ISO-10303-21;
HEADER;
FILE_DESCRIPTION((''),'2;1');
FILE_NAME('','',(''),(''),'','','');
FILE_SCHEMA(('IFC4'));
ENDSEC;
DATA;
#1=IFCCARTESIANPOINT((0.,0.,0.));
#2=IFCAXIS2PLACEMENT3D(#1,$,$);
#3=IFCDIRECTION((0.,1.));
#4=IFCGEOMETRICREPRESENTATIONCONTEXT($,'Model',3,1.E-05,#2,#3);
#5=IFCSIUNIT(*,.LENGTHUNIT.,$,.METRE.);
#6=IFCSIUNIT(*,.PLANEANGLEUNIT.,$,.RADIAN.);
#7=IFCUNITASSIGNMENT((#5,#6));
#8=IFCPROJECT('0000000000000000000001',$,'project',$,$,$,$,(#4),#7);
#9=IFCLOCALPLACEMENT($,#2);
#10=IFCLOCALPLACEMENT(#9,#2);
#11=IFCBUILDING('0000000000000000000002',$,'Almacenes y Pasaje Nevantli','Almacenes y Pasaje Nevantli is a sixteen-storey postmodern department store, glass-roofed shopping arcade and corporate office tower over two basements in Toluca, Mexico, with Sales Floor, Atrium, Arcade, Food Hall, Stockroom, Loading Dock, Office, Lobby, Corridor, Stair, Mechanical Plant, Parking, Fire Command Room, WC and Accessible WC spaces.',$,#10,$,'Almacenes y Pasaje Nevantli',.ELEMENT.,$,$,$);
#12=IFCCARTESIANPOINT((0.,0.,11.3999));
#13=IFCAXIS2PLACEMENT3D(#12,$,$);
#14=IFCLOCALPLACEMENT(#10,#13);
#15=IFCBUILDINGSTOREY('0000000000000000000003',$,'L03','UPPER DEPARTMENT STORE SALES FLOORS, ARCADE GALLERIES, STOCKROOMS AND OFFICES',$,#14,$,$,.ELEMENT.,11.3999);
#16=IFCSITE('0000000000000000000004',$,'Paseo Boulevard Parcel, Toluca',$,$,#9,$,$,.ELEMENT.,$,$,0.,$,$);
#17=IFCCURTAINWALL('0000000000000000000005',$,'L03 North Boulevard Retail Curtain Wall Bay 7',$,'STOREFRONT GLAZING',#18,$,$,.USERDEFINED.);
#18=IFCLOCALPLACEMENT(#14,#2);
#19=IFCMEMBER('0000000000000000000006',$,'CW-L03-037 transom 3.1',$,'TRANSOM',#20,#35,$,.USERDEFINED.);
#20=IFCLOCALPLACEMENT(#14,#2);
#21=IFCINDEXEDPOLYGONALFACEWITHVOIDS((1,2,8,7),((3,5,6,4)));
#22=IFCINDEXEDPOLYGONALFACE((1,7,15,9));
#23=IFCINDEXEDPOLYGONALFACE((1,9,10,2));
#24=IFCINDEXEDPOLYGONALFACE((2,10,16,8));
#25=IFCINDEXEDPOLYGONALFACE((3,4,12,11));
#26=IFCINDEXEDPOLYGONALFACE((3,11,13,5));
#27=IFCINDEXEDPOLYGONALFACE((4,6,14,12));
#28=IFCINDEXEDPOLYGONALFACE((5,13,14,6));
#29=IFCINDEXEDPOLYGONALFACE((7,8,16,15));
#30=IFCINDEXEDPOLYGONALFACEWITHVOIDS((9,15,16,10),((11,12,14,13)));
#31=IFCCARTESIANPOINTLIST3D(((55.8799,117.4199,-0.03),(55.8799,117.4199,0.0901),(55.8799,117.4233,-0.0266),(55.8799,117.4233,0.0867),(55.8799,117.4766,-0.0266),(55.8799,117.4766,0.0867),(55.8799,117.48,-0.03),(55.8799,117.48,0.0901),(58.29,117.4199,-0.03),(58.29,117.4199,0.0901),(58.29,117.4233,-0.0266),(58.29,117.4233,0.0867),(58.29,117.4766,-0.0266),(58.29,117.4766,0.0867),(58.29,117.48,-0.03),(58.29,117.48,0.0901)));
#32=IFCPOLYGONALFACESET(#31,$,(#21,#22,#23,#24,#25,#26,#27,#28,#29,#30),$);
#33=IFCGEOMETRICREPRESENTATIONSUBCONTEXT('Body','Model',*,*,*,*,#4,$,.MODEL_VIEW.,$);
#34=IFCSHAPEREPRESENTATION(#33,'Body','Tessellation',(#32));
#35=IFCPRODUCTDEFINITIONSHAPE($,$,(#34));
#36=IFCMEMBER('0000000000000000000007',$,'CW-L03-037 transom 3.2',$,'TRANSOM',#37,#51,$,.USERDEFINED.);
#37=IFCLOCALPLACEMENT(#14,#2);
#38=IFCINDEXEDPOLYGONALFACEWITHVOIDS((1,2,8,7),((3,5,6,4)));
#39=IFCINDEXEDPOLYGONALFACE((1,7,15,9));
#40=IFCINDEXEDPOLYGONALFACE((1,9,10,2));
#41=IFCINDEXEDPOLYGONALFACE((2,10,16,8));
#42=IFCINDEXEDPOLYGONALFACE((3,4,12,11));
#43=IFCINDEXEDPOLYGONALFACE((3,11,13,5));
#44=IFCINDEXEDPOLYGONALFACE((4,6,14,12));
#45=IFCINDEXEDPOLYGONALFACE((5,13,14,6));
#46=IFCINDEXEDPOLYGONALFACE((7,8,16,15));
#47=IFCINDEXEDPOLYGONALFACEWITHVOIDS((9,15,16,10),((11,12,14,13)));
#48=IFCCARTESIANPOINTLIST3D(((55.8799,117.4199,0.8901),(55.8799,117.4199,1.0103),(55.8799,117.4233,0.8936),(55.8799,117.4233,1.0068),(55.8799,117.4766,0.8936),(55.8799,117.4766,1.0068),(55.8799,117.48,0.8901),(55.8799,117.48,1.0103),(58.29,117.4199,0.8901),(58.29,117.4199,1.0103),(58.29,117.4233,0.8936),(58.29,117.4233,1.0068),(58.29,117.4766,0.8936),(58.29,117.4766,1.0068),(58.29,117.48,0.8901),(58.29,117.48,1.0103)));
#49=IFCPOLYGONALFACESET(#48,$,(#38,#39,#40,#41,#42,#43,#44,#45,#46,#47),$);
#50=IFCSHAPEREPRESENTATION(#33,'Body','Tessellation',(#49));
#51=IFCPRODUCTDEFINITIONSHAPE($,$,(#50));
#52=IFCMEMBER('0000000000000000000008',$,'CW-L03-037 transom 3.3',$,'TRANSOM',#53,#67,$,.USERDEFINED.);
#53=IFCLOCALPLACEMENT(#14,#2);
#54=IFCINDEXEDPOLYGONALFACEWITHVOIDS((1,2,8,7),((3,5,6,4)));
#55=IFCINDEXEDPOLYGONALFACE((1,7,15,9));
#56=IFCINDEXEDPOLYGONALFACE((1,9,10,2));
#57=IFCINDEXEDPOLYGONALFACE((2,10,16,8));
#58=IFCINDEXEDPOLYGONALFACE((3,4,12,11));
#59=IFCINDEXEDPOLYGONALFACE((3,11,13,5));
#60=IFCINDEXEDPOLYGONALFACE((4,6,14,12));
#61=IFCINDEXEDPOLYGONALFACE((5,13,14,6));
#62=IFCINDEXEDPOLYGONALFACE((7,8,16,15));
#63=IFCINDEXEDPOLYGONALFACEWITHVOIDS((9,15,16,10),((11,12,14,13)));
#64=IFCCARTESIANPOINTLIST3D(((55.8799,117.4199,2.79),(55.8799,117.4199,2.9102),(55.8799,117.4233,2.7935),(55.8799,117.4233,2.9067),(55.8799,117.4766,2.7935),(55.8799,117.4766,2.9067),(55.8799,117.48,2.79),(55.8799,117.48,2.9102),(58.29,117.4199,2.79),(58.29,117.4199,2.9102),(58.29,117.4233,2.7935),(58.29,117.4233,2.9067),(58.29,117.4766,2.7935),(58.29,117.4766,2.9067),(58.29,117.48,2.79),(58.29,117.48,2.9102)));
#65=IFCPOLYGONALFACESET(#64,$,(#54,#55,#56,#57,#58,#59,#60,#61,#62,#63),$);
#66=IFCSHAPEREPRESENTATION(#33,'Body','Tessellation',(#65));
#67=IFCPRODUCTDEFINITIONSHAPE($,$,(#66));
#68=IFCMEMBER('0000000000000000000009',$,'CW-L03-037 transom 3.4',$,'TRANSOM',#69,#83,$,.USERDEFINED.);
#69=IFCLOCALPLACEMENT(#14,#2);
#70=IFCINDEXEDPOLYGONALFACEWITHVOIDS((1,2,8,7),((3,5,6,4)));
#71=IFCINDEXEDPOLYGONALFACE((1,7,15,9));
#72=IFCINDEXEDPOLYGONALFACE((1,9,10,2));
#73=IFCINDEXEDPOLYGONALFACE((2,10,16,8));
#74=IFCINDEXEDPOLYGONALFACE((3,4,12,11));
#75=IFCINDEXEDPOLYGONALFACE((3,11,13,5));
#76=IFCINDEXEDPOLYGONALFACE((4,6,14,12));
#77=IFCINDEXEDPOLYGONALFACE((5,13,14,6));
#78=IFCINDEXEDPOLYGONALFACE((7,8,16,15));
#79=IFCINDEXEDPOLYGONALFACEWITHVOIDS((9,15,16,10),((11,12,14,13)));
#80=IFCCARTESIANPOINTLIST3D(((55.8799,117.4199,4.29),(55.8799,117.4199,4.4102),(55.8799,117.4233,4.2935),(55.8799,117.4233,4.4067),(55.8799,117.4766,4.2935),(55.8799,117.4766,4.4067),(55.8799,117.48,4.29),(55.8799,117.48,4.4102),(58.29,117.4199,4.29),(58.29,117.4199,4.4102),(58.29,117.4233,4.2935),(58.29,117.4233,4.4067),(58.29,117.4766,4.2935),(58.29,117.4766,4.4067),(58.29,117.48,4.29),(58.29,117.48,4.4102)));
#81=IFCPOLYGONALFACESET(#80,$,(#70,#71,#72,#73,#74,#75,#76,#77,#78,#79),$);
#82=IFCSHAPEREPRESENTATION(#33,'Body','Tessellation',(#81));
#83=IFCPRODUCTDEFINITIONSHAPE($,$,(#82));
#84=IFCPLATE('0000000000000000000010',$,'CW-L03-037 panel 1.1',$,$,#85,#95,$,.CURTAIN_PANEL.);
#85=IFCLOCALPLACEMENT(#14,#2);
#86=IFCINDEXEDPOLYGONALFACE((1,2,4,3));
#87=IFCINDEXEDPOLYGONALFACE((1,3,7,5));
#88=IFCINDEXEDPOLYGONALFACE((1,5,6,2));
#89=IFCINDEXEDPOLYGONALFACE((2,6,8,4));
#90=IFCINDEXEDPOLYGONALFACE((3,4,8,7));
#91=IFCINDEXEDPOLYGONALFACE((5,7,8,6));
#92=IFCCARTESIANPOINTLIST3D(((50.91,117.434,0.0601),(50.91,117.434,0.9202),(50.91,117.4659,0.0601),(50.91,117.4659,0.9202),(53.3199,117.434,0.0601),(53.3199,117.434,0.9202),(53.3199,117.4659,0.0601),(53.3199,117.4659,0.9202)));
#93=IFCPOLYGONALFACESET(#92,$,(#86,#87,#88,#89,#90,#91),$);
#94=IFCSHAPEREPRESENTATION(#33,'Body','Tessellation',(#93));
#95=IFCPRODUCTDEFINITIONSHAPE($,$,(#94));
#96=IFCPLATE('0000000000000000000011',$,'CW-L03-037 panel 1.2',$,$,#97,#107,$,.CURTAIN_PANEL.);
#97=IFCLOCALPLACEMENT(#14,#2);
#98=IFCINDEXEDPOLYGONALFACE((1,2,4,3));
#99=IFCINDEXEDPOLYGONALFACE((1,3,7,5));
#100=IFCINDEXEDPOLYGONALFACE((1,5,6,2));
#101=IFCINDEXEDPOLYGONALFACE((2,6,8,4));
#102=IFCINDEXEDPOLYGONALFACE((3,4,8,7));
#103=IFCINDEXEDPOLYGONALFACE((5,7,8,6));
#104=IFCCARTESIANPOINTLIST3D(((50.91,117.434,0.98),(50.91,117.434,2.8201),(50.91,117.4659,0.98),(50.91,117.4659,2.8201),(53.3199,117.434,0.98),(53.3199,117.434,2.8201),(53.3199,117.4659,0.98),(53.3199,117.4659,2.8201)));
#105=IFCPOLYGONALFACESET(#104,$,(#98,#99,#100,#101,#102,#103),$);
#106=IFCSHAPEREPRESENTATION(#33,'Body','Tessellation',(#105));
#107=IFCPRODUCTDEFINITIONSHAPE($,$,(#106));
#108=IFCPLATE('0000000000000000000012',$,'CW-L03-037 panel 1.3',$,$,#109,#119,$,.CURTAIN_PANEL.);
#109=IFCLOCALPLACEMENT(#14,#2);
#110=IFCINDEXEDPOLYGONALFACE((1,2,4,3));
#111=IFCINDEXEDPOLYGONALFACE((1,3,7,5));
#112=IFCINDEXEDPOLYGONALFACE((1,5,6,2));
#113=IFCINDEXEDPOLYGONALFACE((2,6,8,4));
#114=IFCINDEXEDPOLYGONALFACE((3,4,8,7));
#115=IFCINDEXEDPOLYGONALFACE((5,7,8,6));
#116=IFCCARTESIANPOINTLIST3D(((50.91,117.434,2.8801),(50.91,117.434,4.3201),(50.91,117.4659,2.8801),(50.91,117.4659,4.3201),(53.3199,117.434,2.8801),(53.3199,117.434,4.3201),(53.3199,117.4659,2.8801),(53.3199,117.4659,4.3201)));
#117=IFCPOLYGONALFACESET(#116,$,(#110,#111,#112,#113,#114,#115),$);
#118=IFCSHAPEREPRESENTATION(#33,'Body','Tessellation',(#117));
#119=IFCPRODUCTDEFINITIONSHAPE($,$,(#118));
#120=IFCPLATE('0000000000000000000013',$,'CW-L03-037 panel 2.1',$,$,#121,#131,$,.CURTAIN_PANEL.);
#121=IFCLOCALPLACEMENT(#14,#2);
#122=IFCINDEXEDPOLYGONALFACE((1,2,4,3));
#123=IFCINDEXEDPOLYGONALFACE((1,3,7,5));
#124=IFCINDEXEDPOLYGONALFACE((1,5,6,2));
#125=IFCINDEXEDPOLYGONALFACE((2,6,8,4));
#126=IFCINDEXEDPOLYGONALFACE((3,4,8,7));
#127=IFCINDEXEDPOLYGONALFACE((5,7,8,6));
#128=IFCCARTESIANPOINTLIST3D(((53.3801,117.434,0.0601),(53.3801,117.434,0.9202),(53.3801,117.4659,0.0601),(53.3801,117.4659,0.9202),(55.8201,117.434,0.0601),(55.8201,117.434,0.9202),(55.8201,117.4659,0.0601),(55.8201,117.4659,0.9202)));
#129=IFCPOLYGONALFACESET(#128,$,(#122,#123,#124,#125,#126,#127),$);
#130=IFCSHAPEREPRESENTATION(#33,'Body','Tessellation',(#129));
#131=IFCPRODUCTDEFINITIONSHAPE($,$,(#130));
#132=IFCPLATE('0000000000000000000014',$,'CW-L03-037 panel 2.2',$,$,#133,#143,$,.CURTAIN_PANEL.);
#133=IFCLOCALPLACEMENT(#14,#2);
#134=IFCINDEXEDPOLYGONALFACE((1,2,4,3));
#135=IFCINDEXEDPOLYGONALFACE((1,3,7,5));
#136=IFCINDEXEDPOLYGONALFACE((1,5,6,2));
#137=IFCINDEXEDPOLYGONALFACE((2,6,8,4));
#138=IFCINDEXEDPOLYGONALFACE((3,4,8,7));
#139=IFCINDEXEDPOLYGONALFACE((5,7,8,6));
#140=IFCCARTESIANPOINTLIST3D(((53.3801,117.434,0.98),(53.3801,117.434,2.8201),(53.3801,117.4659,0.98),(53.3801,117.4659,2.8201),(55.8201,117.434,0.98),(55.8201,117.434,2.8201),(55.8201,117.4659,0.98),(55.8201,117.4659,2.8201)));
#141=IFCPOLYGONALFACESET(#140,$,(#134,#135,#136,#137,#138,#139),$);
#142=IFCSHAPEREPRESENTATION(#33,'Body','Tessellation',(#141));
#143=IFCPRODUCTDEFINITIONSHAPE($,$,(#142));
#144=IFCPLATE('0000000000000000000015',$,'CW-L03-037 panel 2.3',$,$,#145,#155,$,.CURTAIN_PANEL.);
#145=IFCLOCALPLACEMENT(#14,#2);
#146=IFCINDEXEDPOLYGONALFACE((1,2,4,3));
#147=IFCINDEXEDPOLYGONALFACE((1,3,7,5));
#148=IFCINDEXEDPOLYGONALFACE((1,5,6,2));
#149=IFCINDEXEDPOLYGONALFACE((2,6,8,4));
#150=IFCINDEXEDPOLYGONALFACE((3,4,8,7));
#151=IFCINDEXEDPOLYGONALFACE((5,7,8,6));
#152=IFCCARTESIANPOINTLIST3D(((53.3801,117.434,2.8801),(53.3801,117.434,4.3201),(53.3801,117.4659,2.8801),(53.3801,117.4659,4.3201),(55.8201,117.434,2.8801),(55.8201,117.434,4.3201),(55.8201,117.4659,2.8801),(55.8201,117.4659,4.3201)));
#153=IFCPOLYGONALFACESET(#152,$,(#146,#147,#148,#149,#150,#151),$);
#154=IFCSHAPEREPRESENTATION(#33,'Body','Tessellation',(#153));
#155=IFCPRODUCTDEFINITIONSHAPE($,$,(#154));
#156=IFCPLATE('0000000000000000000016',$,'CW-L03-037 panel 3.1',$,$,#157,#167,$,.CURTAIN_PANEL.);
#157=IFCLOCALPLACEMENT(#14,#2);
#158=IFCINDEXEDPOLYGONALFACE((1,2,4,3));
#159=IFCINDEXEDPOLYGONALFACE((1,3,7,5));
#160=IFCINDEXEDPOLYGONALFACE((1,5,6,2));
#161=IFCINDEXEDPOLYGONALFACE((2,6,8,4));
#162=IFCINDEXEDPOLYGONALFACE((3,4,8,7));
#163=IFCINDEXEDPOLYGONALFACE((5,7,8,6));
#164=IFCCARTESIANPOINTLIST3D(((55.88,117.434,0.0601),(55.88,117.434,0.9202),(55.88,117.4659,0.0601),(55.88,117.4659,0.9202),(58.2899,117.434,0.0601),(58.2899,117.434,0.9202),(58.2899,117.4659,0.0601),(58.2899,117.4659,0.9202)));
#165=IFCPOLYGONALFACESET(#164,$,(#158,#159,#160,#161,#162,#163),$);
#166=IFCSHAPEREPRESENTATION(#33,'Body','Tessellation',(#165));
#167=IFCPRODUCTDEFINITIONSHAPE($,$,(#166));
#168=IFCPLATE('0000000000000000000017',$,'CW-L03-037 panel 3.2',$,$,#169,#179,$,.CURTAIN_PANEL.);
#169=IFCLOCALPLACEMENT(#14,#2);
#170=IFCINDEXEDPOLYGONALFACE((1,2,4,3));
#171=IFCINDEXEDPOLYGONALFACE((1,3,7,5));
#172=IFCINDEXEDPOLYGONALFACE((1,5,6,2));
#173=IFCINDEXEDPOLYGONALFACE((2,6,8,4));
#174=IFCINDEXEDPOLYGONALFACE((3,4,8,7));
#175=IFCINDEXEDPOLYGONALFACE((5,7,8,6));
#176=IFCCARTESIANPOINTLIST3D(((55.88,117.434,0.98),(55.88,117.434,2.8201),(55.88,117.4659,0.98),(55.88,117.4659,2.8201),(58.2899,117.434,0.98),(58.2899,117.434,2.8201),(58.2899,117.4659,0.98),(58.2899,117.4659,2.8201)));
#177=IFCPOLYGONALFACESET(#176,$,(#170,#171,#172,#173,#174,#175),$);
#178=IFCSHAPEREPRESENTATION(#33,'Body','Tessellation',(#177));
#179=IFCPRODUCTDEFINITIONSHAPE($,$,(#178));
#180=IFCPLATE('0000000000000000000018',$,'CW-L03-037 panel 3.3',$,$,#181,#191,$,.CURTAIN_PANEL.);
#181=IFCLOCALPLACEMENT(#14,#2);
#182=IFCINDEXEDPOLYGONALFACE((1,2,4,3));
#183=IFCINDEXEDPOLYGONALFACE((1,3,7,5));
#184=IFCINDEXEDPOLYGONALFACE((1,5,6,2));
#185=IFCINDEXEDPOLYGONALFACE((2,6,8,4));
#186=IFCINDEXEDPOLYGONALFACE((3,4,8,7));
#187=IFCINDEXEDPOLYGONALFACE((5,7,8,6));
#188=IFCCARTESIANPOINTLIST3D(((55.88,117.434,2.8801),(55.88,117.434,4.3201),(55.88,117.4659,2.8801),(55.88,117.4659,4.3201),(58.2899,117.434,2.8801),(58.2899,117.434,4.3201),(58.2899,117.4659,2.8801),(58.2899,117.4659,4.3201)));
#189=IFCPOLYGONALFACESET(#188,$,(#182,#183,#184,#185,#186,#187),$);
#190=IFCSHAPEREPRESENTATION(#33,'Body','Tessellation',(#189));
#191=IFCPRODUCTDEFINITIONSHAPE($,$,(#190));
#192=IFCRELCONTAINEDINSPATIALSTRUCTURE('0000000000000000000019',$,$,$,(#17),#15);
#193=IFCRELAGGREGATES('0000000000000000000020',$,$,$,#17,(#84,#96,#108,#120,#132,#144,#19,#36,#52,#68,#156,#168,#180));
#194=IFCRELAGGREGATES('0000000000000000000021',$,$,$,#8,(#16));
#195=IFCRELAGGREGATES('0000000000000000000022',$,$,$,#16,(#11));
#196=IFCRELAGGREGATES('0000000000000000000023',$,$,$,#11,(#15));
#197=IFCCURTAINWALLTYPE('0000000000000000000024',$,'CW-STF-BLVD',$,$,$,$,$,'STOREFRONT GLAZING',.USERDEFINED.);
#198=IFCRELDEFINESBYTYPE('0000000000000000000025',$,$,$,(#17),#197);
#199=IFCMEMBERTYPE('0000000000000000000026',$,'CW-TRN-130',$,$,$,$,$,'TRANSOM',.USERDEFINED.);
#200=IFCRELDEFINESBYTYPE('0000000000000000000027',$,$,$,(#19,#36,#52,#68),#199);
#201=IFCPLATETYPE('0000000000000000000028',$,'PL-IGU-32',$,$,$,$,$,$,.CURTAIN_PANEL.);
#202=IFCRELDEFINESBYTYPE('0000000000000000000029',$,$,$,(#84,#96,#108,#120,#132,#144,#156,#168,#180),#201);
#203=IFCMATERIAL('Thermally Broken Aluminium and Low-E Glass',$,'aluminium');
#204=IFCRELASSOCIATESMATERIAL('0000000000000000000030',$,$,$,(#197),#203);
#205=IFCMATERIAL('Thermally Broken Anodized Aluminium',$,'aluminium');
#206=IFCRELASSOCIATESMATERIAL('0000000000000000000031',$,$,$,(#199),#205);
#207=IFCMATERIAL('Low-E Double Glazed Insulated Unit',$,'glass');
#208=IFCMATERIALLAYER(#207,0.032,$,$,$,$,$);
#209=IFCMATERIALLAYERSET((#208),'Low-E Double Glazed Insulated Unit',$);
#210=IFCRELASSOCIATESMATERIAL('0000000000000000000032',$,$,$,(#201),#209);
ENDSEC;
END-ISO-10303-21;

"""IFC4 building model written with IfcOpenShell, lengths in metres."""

from ifc_helpers import new_model, si_unit, direction, frame, origin, origin_2d, place, context, subcontext, project, spatial, rectangle, hollow_rectangle, extrude, material, layer, layer_set, material_profile, profile_set, type_object, element, aggregate, save


model = new_model("IFC4")

# Units and contexts
model_context = context("Model", 3, precision=1e-05, world=origin(), true_north=direction((0.0, 1.0)))
body_context = subcontext(model_context, "Body", "Model", "MODEL_VIEW")
ifc_project = project(units=[si_unit("LENGTHUNIT", "METRE"), si_unit("PLANEANGLEUNIT", "RADIAN")], contexts=[model_context])

# Site, building, storey
site_placement = place(None, origin())
site = spatial("IfcSite", under=ifc_project, at=site_placement, Name="Paseo Boulevard Parcel, Toluca", CompositionType="ELEMENT", RefElevation=0.0)
building_placement = place(site_placement, origin())
building = spatial("IfcBuilding", under=site, at=building_placement, Name="Almacenes y Pasaje Nevantli", Description="Almacenes y Pasaje Nevantli is a sixteen-storey postmodern department store, glass-roofed shopping arcade and corporate office tower over two basements in Toluca, Mexico, with Sales Floor, Atrium, Arcade, Food Hall, Stockroom, Loading Dock, Office, Lobby, Corridor, Stair, Mechanical Plant, Parking, Fire Command Room, WC and Accessible WC spaces.", LongName="Almacenes y Pasaje Nevantli", CompositionType="ELEMENT")
storey_placement = place(building_placement, frame((0.0, 0.0, 11.3999)))
storey = spatial("IfcBuildingStorey", under=building, at=storey_placement, Name="L03", Description="UPPER DEPARTMENT STORE SALES FLOORS, ARCADE GALLERIES, STOCKROOMS AND OFFICES", CompositionType="ELEMENT", Elevation=11.3999)

# Curtain wall, members, plates
ifc_material_1 = material(Name="Thermally Broken Aluminium and Low-E Glass", Category="aluminium")
curtain_wall_type = type_object("IfcCurtainWallType", Name="CW-STF-BLVD", ElementType="STOREFRONT GLAZING", PredefinedType="USERDEFINED", material=ifc_material_1)
curtain_wall_placement = place(storey_placement, origin())
curtain_wall = element("IfcCurtainWall", 1, at=curtain_wall_placement, inside=storey, type_object=curtain_wall_type, Name="L03 North Boulevard Retail Curtain Wall Bay 7", ObjectType="STOREFRONT GLAZING", PredefinedType="USERDEFINED")
ifc_material_2 = material(Name="Thermally Broken Anodized Aluminium", Category="aluminium")
ifc_material_profile_1 = material_profile(ifc_material_2, hollow_rectangle(XDim=0.0601, YDim=0.1201, WallThickness=0.0034, at=origin_2d()), Name="ALU-TRN-60x120")
ifc_profile_set_1 = profile_set([ifc_material_profile_1], Name="Thermally Broken Anodized Aluminium")
member_type_1 = type_object("IfcMemberType", Name="CW-TRN-130", ElementType="TRANSOM", PredefinedType="USERDEFINED", material=ifc_profile_set_1)
member_1_placement = place(storey_placement, frame((55.8799, 117.45, 0.03), z_axis=(1.0, 0.0, 0.0), x_axis=(0.0, 1.0, 0.0)))
member_1 = element("IfcMember", 2, at=member_1_placement, type_object=member_type_1, Name="CW-L03-037 transom 3.1", ObjectType="TRANSOM", PredefinedType="USERDEFINED", context=body_context, shape_type="SweptSolid", body=[
    extrude(hollow_rectangle(XDim=0.0601, YDim=0.1201, WallThickness=0.0034, at=origin_2d()), origin(), (0.0, 0.0, 1.0), 2.4102),
])
member_2_placement = place(storey_placement, frame((55.8799, 117.45, 0.9502), z_axis=(1.0, 0.0, 0.0), x_axis=(0.0, 1.0, 0.0)))
member_2 = element("IfcMember", 3, at=member_2_placement, type_object=member_type_1, Name="CW-L03-037 transom 3.2", ObjectType="TRANSOM", PredefinedType="USERDEFINED", context=body_context, shape_type="SweptSolid", body=[
    extrude(hollow_rectangle(XDim=0.0601, YDim=0.1201, WallThickness=0.0034, at=origin_2d()), origin(), (0.0, 0.0, 1.0), 2.4102),
])
member_3_placement = place(storey_placement, frame((55.8799, 117.45, 2.8501), z_axis=(1.0, 0.0, 0.0), x_axis=(0.0, 1.0, 0.0)))
member_3 = element("IfcMember", 4, at=member_3_placement, type_object=member_type_1, Name="CW-L03-037 transom 3.3", ObjectType="TRANSOM", PredefinedType="USERDEFINED", context=body_context, shape_type="SweptSolid", body=[
    extrude(hollow_rectangle(XDim=0.0601, YDim=0.1201, WallThickness=0.0034, at=origin_2d()), origin(), (0.0, 0.0, 1.0), 2.4102),
])
member_4_placement = place(storey_placement, frame((55.8799, 117.45, 4.3501), z_axis=(1.0, 0.0, 0.0), x_axis=(0.0, 1.0, 0.0)))
member_4 = element("IfcMember", 5, at=member_4_placement, type_object=member_type_1, Name="CW-L03-037 transom 3.4", ObjectType="TRANSOM", PredefinedType="USERDEFINED", context=body_context, shape_type="SweptSolid", body=[
    extrude(hollow_rectangle(XDim=0.0601, YDim=0.1201, WallThickness=0.0034, at=origin_2d()), origin(), (0.0, 0.0, 1.0), 2.4102),
])
ifc_material_3 = material(Name="Low-E Double Glazed Insulated Unit", Category="glass")
ifc_layer_1 = layer(ifc_material_3, 0.032)
ifc_layer_set_1 = layer_set([ifc_layer_1], Name="Low-E Double Glazed Insulated Unit")
plate_type = type_object("IfcPlateType", Name="PL-IGU-32", PredefinedType="CURTAIN_PANEL", material=ifc_layer_set_1)
plate_1_placement = place(storey_placement, frame((52.115, 117.45, 0.0601), z_axis=(0.0, 0.0, 1.0), x_axis=(1.0, 0.0, 0.0)))
plate_1 = element("IfcPlate", 6, at=plate_1_placement, type_object=plate_type, Name="CW-L03-037 panel 1.1", PredefinedType="CURTAIN_PANEL", context=body_context, shape_type="SweptSolid", body=[
    extrude(rectangle(XDim=2.4099, YDim=0.032, at=origin_2d()), origin(), (0.0, 0.0, 1.0), 0.8601),
])
plate_2_placement = place(storey_placement, frame((52.115, 117.45, 0.98), z_axis=(0.0, 0.0, 1.0), x_axis=(1.0, 0.0, 0.0)))
plate_2 = element("IfcPlate", 7, at=plate_2_placement, type_object=plate_type, Name="CW-L03-037 panel 1.2", PredefinedType="CURTAIN_PANEL", context=body_context, shape_type="SweptSolid", body=[
    extrude(rectangle(XDim=2.4099, YDim=0.032, at=origin_2d()), origin(), (0.0, 0.0, 1.0), 1.8401),
])
plate_3_placement = place(storey_placement, frame((52.115, 117.45, 2.8801), z_axis=(0.0, 0.0, 1.0), x_axis=(1.0, 0.0, 0.0)))
plate_3 = element("IfcPlate", 8, at=plate_3_placement, type_object=plate_type, Name="CW-L03-037 panel 1.3", PredefinedType="CURTAIN_PANEL", context=body_context, shape_type="SweptSolid", body=[
    extrude(rectangle(XDim=2.4099, YDim=0.032, at=origin_2d()), origin(), (0.0, 0.0, 1.0), 1.4399),
])
plate_4_placement = place(storey_placement, frame((54.6001, 117.45, 0.0601), z_axis=(0.0, 0.0, 1.0), x_axis=(1.0, 0.0, 0.0)))
plate_4 = element("IfcPlate", 9, at=plate_4_placement, type_object=plate_type, Name="CW-L03-037 panel 2.1", PredefinedType="CURTAIN_PANEL", context=body_context, shape_type="SweptSolid", body=[
    extrude(rectangle(XDim=2.4399, YDim=0.032, at=origin_2d()), origin(), (0.0, 0.0, 1.0), 0.8601),
])
plate_5_placement = place(storey_placement, frame((54.6001, 117.45, 0.98), z_axis=(0.0, 0.0, 1.0), x_axis=(1.0, 0.0, 0.0)))
plate_5 = element("IfcPlate", 10, at=plate_5_placement, type_object=plate_type, Name="CW-L03-037 panel 2.2", PredefinedType="CURTAIN_PANEL", context=body_context, shape_type="SweptSolid", body=[
    extrude(rectangle(XDim=2.4399, YDim=0.032, at=origin_2d()), origin(), (0.0, 0.0, 1.0), 1.8401),
])
plate_6_placement = place(storey_placement, frame((54.6001, 117.45, 2.8801), z_axis=(0.0, 0.0, 1.0), x_axis=(1.0, 0.0, 0.0)))
plate_6 = element("IfcPlate", 11, at=plate_6_placement, type_object=plate_type, Name="CW-L03-037 panel 2.3", PredefinedType="CURTAIN_PANEL", context=body_context, shape_type="SweptSolid", body=[
    extrude(rectangle(XDim=2.4399, YDim=0.032, at=origin_2d()), origin(), (0.0, 0.0, 1.0), 1.4399),
])
plate_7_placement = place(storey_placement, frame((57.085, 117.45, 0.0601), z_axis=(0.0, 0.0, 1.0), x_axis=(1.0, 0.0, 0.0)))
plate_7 = element("IfcPlate", 12, at=plate_7_placement, type_object=plate_type, Name="CW-L03-037 panel 3.1", PredefinedType="CURTAIN_PANEL", context=body_context, shape_type="SweptSolid", body=[
    extrude(rectangle(XDim=2.4099, YDim=0.032, at=origin_2d()), origin(), (0.0, 0.0, 1.0), 0.8601),
])
plate_8_placement = place(storey_placement, frame((57.085, 117.45, 0.98), z_axis=(0.0, 0.0, 1.0), x_axis=(1.0, 0.0, 0.0)))
plate_8 = element("IfcPlate", 13, at=plate_8_placement, type_object=plate_type, Name="CW-L03-037 panel 3.2", PredefinedType="CURTAIN_PANEL", context=body_context, shape_type="SweptSolid", body=[
    extrude(rectangle(XDim=2.4099, YDim=0.032, at=origin_2d()), origin(), (0.0, 0.0, 1.0), 1.8401),
])
plate_9_placement = place(storey_placement, frame((57.085, 117.45, 2.8801), z_axis=(0.0, 0.0, 1.0), x_axis=(1.0, 0.0, 0.0)))
plate_9 = element("IfcPlate", 14, at=plate_9_placement, type_object=plate_type, Name="CW-L03-037 panel 3.3", PredefinedType="CURTAIN_PANEL", context=body_context, shape_type="SweptSolid", body=[
    extrude(rectangle(XDim=2.4099, YDim=0.032, at=origin_2d()), origin(), (0.0, 0.0, 1.0), 1.4399),
])
aggregate(curtain_wall, [plate_1, plate_2, plate_3, plate_4, plate_5, plate_6, member_1, member_2, member_3, member_4, plate_7, plate_8, plate_9])

save(model, "model.ifc")
